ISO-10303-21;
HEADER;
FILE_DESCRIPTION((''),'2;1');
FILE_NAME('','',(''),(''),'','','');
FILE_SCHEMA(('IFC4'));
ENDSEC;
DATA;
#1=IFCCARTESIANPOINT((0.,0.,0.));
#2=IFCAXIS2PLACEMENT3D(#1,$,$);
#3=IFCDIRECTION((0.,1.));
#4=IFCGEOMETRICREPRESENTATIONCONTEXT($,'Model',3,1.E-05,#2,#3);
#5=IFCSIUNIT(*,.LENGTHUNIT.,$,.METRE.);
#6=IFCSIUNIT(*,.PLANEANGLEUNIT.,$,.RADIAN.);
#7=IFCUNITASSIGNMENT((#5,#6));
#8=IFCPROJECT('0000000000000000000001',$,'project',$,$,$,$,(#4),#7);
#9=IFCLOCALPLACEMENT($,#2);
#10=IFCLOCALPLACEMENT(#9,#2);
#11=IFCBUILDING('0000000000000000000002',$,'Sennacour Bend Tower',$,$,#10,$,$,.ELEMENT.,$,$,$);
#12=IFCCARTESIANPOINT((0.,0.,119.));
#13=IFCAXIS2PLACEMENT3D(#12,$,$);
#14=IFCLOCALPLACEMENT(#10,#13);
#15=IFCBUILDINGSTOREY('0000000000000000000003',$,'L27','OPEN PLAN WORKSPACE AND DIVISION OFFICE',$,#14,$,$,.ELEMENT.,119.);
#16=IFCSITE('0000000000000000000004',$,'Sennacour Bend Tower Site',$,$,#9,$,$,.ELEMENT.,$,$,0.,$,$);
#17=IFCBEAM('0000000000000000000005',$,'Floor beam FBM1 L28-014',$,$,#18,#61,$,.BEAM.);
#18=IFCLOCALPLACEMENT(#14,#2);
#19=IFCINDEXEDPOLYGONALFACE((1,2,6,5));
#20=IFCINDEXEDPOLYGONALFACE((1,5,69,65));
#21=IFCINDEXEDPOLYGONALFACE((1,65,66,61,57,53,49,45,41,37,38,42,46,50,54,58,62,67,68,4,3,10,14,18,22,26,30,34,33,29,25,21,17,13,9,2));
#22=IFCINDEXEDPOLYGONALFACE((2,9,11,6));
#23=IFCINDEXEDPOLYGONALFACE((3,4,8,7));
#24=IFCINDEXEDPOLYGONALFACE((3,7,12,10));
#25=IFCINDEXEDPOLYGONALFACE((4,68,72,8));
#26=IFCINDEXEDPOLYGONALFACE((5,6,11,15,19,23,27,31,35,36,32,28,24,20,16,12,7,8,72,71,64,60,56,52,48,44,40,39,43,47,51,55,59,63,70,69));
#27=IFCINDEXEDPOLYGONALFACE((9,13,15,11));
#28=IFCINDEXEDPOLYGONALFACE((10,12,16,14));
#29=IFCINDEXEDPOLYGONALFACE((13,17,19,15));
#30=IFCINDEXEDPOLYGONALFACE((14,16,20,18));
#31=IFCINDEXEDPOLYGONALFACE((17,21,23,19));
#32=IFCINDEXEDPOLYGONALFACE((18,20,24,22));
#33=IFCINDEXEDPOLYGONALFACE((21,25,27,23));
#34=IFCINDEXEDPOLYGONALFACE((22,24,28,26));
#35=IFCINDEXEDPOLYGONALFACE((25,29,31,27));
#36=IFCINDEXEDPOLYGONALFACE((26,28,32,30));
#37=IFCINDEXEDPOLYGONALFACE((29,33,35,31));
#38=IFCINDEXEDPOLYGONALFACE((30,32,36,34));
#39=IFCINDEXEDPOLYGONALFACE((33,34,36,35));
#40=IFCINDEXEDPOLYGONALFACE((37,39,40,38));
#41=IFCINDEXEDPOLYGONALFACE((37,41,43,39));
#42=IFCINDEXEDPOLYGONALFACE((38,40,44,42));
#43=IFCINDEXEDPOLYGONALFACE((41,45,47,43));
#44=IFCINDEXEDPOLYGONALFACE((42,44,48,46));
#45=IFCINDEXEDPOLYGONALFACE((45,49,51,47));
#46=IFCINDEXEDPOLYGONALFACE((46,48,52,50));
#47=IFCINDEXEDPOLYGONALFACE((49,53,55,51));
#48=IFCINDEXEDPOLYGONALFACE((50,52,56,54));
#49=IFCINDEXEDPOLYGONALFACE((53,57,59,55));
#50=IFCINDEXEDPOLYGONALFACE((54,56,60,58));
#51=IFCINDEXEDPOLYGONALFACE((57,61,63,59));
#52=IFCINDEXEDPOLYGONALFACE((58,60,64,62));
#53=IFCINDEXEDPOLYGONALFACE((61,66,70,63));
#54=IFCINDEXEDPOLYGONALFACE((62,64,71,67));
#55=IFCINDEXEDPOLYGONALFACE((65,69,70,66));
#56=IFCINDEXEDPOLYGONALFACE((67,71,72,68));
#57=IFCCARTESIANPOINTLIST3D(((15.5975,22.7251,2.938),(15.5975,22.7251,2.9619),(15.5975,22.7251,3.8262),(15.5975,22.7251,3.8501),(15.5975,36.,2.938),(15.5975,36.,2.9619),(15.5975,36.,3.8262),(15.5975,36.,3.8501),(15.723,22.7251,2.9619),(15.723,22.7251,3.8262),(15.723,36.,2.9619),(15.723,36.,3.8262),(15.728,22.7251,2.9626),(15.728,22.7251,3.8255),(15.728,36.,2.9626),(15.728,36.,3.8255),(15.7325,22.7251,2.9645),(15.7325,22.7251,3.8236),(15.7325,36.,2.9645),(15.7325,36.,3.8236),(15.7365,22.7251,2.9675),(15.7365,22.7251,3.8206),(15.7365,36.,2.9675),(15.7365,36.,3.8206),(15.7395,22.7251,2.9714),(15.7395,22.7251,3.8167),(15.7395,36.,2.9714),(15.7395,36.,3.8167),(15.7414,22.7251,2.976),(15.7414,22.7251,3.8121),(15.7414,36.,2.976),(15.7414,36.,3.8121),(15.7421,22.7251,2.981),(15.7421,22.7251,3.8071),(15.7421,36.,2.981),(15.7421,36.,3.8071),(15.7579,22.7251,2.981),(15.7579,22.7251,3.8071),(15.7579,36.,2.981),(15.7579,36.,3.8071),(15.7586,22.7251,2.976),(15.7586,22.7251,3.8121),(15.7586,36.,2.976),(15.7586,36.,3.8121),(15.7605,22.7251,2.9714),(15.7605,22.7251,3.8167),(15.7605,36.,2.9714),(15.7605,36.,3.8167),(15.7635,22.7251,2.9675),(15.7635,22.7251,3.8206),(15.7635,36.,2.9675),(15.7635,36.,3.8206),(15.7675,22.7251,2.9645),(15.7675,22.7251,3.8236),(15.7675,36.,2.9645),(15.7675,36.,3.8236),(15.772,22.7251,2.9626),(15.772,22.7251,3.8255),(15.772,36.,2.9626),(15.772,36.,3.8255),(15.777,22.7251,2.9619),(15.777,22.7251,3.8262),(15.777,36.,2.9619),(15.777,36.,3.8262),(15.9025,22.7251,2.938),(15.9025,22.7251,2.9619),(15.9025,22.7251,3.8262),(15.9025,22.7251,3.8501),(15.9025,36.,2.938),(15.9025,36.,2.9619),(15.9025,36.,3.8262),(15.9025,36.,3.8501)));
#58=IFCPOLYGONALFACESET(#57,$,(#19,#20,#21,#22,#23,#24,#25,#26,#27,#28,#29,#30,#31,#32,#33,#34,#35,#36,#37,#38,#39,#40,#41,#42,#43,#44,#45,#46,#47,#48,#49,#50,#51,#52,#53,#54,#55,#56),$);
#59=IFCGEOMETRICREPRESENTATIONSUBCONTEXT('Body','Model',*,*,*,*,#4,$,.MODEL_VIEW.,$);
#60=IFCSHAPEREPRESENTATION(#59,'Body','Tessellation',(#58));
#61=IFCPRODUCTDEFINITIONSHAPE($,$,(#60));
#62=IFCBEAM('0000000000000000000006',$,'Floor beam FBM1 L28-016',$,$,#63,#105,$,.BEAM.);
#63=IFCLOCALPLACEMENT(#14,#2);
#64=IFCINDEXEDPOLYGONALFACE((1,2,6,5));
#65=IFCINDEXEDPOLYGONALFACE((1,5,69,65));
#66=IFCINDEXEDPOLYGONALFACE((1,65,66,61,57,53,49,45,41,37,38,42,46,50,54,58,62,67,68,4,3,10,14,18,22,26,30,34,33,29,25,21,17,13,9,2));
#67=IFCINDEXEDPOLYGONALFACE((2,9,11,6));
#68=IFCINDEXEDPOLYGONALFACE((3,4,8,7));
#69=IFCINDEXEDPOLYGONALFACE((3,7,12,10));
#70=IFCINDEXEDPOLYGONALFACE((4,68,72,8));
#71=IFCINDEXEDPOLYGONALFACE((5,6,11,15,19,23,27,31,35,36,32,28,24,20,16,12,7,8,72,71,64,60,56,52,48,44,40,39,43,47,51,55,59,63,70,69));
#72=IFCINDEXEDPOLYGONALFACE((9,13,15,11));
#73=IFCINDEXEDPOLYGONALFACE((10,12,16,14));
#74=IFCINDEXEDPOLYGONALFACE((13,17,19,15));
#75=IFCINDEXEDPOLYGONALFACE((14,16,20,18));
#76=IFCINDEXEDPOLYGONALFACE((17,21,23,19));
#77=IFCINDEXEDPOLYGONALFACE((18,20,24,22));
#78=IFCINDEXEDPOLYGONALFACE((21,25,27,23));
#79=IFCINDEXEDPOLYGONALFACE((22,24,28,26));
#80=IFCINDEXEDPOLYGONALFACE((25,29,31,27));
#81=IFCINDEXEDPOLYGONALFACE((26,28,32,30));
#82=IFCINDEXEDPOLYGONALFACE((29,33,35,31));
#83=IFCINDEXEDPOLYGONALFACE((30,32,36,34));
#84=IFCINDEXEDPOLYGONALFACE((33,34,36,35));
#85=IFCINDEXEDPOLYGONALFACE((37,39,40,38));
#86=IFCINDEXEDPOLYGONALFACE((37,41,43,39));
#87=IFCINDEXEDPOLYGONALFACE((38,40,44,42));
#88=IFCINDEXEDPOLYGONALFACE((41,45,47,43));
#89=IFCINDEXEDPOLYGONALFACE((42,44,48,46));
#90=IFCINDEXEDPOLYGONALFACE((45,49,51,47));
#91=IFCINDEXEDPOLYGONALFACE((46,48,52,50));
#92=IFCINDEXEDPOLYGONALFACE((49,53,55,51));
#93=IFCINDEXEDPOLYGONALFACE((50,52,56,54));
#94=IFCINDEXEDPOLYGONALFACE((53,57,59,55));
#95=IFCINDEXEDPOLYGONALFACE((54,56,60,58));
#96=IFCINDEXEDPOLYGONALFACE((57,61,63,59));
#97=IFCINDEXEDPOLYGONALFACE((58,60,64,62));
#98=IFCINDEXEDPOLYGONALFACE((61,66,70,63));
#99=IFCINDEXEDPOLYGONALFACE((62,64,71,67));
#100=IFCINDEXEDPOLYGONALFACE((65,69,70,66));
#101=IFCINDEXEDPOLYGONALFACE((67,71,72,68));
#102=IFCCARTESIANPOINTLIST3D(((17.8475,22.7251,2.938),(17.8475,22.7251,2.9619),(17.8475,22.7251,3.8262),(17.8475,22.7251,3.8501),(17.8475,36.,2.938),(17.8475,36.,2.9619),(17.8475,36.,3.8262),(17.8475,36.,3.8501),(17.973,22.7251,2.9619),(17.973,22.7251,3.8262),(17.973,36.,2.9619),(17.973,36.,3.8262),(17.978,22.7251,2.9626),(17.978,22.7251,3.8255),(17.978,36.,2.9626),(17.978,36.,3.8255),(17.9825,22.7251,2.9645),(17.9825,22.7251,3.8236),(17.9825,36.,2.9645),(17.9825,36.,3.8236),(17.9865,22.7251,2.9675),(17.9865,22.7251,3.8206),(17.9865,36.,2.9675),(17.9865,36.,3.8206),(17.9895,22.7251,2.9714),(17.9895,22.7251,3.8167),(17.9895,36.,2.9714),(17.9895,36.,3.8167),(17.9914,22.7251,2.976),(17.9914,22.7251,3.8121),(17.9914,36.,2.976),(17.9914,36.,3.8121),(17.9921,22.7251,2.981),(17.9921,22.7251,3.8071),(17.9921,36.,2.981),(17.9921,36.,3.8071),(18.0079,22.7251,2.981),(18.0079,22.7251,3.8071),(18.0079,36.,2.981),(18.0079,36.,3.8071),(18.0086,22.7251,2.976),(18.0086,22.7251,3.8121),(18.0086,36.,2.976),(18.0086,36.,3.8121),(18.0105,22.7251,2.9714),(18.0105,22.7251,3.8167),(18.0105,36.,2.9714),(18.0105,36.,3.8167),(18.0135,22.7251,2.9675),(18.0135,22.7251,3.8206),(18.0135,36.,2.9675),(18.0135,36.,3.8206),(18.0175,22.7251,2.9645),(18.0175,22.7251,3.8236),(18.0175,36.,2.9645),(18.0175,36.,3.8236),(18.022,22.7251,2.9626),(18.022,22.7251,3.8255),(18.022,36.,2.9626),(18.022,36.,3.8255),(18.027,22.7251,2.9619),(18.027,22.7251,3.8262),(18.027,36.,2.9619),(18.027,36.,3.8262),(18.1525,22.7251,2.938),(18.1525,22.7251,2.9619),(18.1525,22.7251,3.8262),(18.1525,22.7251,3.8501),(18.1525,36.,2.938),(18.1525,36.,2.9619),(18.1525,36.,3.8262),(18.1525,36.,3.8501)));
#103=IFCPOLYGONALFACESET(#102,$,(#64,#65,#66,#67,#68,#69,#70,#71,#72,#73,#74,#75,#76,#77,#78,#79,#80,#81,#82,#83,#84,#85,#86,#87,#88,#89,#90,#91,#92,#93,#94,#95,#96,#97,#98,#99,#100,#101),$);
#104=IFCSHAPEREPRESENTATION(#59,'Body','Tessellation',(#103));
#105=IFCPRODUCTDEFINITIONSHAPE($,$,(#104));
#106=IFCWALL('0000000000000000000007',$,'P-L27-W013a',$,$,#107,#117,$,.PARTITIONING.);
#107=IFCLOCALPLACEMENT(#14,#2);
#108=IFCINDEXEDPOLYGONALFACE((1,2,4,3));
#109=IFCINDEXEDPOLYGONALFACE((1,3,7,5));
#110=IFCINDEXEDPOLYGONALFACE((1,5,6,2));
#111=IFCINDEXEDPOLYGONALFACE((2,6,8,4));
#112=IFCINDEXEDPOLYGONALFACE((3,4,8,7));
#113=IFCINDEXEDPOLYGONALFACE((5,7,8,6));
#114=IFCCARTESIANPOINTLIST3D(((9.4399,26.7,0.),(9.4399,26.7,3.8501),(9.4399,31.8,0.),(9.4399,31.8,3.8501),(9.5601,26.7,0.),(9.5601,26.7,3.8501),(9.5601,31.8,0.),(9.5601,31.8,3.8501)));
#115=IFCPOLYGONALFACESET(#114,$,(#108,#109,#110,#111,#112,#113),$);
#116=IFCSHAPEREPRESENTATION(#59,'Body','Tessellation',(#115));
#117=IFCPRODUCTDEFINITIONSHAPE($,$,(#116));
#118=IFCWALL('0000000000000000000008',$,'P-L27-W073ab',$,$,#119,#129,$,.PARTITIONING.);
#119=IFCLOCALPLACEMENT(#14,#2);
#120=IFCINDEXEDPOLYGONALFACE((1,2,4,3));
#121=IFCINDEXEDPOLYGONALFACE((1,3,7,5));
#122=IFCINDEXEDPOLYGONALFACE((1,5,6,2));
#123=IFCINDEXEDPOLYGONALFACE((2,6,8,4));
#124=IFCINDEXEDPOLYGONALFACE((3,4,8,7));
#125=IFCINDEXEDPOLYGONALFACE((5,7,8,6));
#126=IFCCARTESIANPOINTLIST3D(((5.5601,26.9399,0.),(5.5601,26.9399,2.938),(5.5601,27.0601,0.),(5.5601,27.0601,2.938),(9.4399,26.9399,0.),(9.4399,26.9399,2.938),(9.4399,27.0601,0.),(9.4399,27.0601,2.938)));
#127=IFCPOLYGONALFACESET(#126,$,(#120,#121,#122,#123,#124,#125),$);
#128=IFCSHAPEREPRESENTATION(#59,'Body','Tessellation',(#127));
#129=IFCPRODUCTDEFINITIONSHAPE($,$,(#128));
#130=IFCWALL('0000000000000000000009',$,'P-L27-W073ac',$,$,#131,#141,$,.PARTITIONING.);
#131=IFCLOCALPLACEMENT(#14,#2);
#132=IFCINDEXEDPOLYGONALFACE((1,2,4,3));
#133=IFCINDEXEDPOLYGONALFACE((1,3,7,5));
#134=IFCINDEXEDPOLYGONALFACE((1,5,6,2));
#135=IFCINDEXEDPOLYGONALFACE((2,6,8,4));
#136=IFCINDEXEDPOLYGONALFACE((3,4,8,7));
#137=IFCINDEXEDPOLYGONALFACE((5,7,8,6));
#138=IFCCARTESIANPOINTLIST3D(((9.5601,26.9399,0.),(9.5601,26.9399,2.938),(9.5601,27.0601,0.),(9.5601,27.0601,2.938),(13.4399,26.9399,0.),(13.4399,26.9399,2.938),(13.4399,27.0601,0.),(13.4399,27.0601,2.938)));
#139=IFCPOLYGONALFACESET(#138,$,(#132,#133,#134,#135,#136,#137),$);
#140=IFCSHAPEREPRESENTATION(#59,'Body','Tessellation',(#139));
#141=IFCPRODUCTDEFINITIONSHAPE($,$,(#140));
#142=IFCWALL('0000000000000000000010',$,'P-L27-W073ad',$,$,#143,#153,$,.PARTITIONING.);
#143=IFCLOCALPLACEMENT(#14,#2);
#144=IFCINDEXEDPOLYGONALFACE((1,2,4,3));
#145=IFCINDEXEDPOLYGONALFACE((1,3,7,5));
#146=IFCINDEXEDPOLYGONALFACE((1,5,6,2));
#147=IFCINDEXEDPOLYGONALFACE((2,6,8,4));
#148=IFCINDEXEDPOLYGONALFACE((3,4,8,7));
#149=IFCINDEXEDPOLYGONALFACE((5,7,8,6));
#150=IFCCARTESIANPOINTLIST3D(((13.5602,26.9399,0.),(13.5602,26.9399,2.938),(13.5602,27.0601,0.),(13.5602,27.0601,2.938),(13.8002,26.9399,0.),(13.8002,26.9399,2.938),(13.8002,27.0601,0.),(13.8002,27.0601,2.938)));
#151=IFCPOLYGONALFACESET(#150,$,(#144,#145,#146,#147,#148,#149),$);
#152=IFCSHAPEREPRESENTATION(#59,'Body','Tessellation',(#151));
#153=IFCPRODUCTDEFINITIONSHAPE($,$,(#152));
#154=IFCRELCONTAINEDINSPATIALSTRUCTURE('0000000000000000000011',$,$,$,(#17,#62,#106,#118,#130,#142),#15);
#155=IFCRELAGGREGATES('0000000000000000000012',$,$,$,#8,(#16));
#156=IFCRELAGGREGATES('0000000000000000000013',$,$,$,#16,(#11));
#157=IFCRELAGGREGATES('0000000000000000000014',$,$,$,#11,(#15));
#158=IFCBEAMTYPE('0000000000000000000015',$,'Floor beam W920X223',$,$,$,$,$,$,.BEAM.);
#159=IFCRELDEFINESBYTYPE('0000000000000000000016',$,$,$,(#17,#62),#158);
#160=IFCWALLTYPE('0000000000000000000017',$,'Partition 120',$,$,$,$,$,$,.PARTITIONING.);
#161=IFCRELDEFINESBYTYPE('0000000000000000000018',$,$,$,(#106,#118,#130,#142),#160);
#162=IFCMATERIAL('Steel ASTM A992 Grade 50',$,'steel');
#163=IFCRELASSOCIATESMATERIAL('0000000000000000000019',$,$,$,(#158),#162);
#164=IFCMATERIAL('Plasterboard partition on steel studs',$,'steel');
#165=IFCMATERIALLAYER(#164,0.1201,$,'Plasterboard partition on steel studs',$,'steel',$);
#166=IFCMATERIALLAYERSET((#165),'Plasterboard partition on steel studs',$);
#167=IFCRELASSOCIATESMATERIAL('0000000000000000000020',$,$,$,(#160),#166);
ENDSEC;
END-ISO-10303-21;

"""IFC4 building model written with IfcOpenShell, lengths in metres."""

from ifc_helpers import new_model, si_unit, direction, frame, frame_2d, origin, origin_2d, place, context, subcontext, project, spatial, rectangle, i_section, extrude, material, layer, layer_set, material_profile, profile_set, type_object, element, save


model = new_model("IFC4")

# Units and contexts
model_context = context("Model", 3, precision=1e-05, world=origin(), true_north=direction((0.0, 1.0)))
body_context = subcontext(model_context, "Body", "Model", "MODEL_VIEW")
ifc_project = project(units=[si_unit("LENGTHUNIT", "METRE"), si_unit("PLANEANGLEUNIT", "RADIAN")], contexts=[model_context])

# Site, building, storey
site_placement = place(None, origin())
site = spatial("IfcSite", under=ifc_project, at=site_placement, Name="Sennacour Bend Tower Site", CompositionType="ELEMENT", RefElevation=0.0)
building_placement = place(site_placement, origin())
building = spatial("IfcBuilding", under=site, at=building_placement, Name="Sennacour Bend Tower", CompositionType="ELEMENT")
storey_placement = place(building_placement, frame((0.0, 0.0, 119.0)))
storey = spatial("IfcBuildingStorey", under=building, at=storey_placement, Name="L27", Description="OPEN PLAN WORKSPACE AND DIVISION OFFICE", CompositionType="ELEMENT", Elevation=119.0)

# Beams
ifc_material_1 = material(Name="Steel ASTM A992 Grade 50", Category="steel")
ifc_material_profile = material_profile(ifc_material_1, i_section(OverallWidth=0.3049, OverallDepth=0.9121, WebThickness=0.0159, FlangeThickness=0.0239, FilletRadius=0.019, at=origin_2d()), Name="Steel ASTM A992 Grade 50", Category="steel")
ifc_profile_set = profile_set([ifc_material_profile], Name="Steel ASTM A992 Grade 50")
beam_type = type_object("IfcBeamType", Name="Floor beam W920X223", PredefinedType="BEAM", material=ifc_profile_set)
for number, where, z_axis, x_axis, name in (
    (1, (15.75, 22.7251, 3.394), (0.0, 1.0, 0.0), (-1.0, 0.0, 0.0), "Floor beam FBM1 L28-014"),
    (2, (18.0, 22.7251, 3.394), (0.0, 1.0, 0.0), (-1.0, 0.0, 0.0), "Floor beam FBM1 L28-016"),
):
    element("IfcBeam", number, at=place(storey_placement, frame(where, z_axis=z_axis, x_axis=x_axis)), inside=storey, type_object=beam_type, Name=name, PredefinedType="BEAM", context=body_context, shape_type="SweptSolid", body=[
        extrude(i_section(OverallWidth=0.3049, OverallDepth=0.9121, WebThickness=0.0159, FlangeThickness=0.0239, FilletRadius=0.019, at=origin_2d()), origin(), (0.0, 0.0, 1.0), 13.2749),
    ])

# Walls
ifc_material_2 = material(Name="Plasterboard partition on steel studs", Category="steel")
ifc_layer = layer(ifc_material_2, 0.1201, Name="Plasterboard partition on steel studs", Category="steel")
ifc_layer_set = layer_set([ifc_layer], Name="Plasterboard partition on steel studs")
wall_type = type_object("IfcWallType", Name="Partition 120", PredefinedType="PARTITIONING", material=ifc_layer_set)
wall_1_placement = place(storey_placement, frame((9.5, 26.7, 0.0), z_axis=(0.0, 0.0, 1.0), x_axis=(0.0, 1.0, 0.0)))
element("IfcWall", 3, at=wall_1_placement, inside=storey, type_object=wall_type, Name="P-L27-W013a", PredefinedType="PARTITIONING", context=body_context, shape_type="SweptSolid", body=[
    extrude(rectangle(XDim=5.1001, YDim=0.1201, at=frame_2d((2.55, 0.0))), origin(), (0.0, 0.0, 1.0), 3.8501),
])
for number, where, z_axis, x_axis, name in (
    (4, (5.5601, 27.0, 0.0), (0.0, 0.0, 1.0), (1.0, 0.0, 0.0), "P-L27-W073ab"),
    (5, (9.5601, 27.0, 0.0), (0.0, 0.0, 1.0), (1.0, 0.0, 0.0), "P-L27-W073ac"),
):
    element("IfcWall", number, at=place(storey_placement, frame(where, z_axis=z_axis, x_axis=x_axis)), inside=storey, type_object=wall_type, Name=name, PredefinedType="PARTITIONING", context=body_context, shape_type="SweptSolid", body=[
        extrude(rectangle(XDim=3.8799, YDim=0.1201, at=frame_2d((1.9399, 0.0))), origin(), (0.0, 0.0, 1.0), 2.938),
    ])
wall_2_placement = place(storey_placement, frame((13.5601, 27.0, 0.0), z_axis=(0.0, 0.0, 1.0), x_axis=(1.0, 0.0, 0.0)))
element("IfcWall", 6, at=wall_2_placement, inside=storey, type_object=wall_type, Name="P-L27-W073ad", PredefinedType="PARTITIONING", context=body_context, shape_type="SweptSolid", body=[
    extrude(rectangle(XDim=0.24, YDim=0.1201, at=frame_2d((0.1201, 0.0))), origin(), (0.0, 0.0, 1.0), 2.938),
])

save(model, "model.ifc")
